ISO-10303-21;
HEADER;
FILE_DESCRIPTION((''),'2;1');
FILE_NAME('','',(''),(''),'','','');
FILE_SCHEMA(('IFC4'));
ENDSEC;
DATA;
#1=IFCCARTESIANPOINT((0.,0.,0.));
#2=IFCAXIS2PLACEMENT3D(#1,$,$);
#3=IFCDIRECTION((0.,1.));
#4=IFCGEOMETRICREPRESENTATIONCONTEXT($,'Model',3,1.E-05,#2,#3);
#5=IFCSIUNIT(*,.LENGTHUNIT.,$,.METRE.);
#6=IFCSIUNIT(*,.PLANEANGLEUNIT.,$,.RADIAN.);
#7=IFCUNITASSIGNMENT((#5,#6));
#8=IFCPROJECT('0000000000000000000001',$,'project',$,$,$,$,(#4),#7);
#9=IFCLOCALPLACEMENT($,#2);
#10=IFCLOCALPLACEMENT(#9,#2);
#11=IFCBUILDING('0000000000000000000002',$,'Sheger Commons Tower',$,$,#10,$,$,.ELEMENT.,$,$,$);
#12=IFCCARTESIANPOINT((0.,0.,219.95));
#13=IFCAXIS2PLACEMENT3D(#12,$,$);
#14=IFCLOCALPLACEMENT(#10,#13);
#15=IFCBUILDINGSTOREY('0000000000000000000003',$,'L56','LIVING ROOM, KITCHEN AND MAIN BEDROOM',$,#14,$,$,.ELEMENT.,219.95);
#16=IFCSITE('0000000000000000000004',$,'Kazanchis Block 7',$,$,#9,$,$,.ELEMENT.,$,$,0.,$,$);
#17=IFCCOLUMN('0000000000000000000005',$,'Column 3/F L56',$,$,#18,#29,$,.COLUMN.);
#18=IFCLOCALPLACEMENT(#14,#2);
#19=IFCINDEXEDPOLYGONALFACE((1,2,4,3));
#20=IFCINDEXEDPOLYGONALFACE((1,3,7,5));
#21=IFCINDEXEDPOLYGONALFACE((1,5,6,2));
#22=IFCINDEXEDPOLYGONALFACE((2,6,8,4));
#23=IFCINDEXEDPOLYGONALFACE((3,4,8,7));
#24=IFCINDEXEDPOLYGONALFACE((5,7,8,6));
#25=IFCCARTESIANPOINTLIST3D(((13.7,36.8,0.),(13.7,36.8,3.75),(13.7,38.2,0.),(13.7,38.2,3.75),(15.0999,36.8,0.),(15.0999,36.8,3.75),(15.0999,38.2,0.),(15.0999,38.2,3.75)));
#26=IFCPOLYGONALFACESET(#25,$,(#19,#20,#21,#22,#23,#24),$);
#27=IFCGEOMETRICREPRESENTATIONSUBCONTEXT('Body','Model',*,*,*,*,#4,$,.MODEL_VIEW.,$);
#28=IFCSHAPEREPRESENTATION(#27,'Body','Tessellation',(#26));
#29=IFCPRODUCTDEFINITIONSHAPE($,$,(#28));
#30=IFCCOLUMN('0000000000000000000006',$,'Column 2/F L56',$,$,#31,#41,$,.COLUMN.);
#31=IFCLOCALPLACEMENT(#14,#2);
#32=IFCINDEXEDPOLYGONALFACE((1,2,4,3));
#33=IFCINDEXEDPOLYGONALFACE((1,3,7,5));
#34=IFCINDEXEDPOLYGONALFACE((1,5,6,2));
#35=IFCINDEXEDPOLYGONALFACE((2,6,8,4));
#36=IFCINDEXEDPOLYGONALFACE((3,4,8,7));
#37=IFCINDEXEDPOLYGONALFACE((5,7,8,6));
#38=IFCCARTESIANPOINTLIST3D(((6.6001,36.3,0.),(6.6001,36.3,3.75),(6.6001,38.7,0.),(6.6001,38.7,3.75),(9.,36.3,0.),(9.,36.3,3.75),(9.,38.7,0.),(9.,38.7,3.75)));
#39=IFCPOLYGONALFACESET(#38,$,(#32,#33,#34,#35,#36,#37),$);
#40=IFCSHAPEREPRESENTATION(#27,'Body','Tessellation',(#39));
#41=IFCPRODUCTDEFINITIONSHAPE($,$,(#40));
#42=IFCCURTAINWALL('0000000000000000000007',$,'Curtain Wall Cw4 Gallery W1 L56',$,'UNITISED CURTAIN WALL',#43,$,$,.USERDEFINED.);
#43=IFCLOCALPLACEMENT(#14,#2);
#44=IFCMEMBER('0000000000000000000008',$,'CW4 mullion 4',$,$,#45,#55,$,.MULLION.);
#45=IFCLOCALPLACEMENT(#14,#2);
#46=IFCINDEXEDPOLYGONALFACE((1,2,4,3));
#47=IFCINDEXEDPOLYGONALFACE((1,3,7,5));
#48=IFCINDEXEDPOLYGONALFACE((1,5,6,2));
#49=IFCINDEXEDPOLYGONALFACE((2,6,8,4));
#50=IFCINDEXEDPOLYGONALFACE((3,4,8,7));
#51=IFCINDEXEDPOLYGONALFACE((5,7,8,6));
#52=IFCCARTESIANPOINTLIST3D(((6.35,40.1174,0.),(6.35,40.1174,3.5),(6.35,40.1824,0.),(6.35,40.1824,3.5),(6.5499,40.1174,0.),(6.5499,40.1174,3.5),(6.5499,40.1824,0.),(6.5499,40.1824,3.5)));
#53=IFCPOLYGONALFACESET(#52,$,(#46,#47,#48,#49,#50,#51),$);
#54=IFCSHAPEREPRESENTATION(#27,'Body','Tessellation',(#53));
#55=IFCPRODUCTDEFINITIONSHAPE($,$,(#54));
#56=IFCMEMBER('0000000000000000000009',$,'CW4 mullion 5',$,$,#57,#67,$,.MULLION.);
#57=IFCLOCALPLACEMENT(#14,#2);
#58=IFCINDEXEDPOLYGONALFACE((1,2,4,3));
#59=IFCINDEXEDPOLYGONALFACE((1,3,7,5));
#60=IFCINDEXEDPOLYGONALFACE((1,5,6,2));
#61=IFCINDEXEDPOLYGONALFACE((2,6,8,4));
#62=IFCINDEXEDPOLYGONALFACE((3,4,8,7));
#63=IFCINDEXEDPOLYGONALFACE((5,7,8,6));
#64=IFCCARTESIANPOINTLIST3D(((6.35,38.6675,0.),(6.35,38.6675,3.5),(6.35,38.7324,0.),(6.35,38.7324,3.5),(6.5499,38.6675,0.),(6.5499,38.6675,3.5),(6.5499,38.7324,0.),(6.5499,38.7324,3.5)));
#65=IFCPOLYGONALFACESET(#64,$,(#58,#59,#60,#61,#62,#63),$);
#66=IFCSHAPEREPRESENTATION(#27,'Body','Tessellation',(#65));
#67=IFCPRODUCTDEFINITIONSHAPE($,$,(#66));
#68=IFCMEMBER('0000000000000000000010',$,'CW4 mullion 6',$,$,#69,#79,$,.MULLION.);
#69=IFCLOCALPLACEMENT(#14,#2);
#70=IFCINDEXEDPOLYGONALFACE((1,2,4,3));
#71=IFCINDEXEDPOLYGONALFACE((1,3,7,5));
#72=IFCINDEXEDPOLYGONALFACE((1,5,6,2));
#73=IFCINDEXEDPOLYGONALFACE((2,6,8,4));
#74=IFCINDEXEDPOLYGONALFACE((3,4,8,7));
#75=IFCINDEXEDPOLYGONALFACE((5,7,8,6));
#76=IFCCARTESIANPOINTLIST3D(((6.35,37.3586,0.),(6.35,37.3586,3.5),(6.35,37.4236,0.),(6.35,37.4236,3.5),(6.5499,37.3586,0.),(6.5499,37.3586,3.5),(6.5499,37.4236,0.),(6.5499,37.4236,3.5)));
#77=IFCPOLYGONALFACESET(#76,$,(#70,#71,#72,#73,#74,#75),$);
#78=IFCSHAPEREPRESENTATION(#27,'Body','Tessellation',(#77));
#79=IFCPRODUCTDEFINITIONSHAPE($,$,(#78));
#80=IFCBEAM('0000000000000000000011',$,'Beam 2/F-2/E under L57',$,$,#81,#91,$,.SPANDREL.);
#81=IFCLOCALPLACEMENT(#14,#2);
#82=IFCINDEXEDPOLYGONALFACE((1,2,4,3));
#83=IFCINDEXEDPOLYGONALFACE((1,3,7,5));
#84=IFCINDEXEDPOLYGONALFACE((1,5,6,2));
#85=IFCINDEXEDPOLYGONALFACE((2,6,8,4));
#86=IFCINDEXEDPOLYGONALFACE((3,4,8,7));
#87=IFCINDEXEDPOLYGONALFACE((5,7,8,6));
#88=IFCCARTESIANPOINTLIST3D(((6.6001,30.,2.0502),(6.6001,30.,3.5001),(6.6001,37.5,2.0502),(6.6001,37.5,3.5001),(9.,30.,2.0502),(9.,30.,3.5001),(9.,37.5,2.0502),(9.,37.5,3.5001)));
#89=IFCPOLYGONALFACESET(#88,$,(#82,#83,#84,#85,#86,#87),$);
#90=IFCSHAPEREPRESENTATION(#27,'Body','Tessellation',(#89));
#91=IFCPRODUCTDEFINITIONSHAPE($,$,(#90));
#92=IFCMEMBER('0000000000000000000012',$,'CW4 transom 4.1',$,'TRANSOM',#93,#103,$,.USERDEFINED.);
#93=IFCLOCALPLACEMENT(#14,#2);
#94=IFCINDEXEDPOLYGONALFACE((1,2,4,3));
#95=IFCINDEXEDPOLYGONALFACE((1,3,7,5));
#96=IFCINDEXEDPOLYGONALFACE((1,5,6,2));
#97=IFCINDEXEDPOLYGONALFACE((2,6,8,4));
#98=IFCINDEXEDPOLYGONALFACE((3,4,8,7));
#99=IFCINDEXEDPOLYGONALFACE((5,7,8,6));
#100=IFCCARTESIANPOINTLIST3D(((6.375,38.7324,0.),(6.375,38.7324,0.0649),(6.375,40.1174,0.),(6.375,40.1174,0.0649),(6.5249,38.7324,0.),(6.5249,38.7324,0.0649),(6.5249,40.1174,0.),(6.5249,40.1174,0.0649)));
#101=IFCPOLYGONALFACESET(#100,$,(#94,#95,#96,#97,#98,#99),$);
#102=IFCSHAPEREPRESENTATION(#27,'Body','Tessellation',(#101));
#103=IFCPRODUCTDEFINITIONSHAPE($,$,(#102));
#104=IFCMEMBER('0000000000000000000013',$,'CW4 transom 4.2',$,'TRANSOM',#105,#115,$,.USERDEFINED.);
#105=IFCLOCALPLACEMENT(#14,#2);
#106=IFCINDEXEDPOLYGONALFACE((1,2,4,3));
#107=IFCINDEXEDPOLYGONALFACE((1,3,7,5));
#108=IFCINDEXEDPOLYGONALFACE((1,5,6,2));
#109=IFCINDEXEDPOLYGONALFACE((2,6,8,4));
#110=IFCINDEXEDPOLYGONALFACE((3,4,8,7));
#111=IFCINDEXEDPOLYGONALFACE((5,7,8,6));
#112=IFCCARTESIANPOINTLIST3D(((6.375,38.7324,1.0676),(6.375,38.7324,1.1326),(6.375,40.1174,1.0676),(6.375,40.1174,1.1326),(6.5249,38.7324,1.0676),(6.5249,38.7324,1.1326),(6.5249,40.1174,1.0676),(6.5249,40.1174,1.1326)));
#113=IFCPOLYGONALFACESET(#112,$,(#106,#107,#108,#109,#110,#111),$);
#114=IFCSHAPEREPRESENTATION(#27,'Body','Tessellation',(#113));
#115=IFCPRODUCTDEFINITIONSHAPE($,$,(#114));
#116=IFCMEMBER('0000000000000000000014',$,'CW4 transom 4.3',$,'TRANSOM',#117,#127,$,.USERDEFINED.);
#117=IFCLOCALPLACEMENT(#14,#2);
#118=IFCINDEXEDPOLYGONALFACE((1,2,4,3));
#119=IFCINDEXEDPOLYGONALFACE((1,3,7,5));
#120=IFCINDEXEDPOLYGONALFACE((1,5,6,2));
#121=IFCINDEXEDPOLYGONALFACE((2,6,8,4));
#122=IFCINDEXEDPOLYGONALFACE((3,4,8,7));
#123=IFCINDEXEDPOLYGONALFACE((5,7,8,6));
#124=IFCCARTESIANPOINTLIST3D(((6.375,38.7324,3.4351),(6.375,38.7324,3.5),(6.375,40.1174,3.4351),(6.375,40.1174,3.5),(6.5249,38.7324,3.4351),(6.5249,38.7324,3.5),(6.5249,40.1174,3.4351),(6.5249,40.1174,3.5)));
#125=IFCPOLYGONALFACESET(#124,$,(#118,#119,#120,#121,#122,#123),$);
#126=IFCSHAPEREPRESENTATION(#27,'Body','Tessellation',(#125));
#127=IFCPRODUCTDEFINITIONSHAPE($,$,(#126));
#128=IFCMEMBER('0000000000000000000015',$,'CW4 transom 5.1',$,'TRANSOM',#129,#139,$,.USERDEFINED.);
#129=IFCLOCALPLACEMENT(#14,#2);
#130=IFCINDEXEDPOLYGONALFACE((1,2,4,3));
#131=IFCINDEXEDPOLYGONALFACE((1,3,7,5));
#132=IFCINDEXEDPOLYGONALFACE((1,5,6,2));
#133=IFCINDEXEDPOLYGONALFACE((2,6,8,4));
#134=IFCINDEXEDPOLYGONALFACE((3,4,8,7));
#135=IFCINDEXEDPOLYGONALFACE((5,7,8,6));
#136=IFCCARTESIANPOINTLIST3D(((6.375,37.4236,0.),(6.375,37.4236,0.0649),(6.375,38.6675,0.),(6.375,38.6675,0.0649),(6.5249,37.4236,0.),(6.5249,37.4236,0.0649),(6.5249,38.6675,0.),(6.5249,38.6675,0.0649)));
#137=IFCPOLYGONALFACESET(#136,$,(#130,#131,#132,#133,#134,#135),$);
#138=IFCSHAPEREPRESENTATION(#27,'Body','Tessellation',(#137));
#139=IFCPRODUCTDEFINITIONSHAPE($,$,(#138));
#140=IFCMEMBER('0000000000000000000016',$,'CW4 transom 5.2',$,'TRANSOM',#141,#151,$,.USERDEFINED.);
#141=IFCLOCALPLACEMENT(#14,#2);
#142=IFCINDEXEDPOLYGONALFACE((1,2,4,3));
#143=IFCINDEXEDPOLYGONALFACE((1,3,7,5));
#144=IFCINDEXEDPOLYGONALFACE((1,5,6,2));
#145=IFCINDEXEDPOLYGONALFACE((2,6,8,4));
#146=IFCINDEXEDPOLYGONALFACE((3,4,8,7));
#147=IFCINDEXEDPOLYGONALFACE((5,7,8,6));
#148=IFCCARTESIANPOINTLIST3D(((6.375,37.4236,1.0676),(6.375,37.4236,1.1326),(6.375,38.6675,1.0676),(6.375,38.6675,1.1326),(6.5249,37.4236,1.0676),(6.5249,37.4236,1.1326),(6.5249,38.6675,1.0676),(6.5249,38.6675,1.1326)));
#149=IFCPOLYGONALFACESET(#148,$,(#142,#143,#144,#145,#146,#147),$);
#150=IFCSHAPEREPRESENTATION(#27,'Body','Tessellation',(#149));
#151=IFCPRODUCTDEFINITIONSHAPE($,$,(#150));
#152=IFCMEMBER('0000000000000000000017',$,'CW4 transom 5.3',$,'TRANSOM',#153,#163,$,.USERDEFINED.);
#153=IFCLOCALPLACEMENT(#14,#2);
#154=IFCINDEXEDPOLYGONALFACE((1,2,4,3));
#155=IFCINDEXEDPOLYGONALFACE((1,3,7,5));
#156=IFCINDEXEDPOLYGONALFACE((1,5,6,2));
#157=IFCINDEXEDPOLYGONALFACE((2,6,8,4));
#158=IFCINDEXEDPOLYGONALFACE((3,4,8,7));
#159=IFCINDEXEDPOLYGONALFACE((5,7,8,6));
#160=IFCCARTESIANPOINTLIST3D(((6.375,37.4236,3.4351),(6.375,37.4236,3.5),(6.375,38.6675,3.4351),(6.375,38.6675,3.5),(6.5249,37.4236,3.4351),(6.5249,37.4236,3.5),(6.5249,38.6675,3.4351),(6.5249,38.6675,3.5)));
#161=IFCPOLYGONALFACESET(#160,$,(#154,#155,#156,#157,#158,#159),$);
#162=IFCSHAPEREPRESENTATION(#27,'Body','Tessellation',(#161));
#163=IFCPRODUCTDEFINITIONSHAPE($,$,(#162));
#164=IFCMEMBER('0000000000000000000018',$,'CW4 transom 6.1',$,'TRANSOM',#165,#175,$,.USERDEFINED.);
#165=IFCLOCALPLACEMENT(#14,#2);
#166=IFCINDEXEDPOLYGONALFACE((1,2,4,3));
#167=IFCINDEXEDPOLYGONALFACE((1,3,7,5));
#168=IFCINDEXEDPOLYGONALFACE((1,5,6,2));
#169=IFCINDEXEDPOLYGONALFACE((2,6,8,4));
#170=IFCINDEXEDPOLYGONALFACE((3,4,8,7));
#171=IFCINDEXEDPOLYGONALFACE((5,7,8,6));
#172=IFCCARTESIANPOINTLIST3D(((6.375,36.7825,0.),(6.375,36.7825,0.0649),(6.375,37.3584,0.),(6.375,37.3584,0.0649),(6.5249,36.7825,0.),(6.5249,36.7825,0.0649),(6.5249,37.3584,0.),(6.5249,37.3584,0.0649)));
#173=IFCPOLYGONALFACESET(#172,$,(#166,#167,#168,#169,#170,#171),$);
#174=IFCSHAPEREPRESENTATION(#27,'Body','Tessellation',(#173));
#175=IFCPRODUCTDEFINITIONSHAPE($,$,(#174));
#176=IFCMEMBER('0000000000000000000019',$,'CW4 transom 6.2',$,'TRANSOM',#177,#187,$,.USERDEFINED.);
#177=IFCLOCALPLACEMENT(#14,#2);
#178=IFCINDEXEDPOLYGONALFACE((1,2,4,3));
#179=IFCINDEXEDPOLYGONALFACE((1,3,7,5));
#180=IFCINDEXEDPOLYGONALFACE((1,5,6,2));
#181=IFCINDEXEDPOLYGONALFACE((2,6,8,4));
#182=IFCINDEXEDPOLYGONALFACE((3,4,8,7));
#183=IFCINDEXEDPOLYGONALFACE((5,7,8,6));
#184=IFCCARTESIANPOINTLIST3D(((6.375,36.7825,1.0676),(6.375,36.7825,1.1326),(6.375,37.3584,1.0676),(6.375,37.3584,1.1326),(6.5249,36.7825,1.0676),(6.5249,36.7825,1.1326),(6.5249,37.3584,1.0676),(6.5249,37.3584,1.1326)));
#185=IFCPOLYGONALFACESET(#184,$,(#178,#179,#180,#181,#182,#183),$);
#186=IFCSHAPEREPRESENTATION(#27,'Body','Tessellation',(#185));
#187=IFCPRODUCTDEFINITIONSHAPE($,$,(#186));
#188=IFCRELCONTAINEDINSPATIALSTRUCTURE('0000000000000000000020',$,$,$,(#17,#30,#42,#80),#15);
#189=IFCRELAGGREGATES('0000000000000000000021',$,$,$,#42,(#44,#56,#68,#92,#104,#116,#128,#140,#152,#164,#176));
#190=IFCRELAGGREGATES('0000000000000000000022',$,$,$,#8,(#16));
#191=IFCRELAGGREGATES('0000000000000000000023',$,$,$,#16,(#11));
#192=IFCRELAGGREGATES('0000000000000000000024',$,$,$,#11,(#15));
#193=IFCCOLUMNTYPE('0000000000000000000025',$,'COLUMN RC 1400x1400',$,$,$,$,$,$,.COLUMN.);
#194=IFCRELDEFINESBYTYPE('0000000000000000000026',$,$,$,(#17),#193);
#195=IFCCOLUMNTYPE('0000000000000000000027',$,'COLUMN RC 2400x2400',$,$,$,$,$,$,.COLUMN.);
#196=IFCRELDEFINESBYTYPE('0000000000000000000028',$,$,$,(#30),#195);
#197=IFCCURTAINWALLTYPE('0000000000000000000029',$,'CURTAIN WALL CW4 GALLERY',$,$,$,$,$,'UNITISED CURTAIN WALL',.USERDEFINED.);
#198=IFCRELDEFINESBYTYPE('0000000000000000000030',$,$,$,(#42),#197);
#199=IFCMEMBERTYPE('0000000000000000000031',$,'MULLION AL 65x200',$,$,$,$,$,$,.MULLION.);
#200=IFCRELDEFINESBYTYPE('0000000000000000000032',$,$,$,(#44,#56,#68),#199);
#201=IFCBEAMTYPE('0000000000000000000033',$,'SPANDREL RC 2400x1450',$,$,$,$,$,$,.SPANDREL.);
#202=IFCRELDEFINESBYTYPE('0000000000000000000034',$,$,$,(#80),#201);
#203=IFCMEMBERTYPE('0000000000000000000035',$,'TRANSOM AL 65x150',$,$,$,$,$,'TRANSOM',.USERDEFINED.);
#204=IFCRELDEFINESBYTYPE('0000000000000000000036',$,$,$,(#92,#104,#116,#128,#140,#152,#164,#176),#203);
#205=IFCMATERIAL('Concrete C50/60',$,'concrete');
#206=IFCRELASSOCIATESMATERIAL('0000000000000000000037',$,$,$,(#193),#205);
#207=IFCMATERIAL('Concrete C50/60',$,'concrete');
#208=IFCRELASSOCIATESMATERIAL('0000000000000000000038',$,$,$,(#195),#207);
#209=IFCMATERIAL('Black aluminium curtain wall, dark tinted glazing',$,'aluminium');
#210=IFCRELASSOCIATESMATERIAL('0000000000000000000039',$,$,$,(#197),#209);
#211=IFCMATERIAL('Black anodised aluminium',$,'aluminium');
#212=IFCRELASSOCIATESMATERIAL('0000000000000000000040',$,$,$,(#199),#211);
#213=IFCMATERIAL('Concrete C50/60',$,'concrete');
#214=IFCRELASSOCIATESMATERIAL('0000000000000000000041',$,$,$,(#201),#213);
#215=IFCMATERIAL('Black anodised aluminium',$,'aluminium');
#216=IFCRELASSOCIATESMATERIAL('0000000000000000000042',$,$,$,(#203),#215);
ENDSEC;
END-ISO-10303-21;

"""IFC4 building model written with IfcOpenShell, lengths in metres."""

from ifc_helpers import new_model, si_unit, direction, frame, origin, origin_2d, place, context, subcontext, project, spatial, rectangle, extrude, material, material_profile, profile_set, type_object, element, aggregate, save


model = new_model("IFC4")

# Units and contexts
model_context = context("Model", 3, precision=1e-05, world=origin(), true_north=direction((0.0, 1.0)))
body_context = subcontext(model_context, "Body", "Model", "MODEL_VIEW")
ifc_project = project(units=[si_unit("LENGTHUNIT", "METRE"), si_unit("PLANEANGLEUNIT", "RADIAN")], contexts=[model_context])

# Site, building, storey
site_placement = place(None, origin())
site = spatial("IfcSite", under=ifc_project, at=site_placement, Name="Kazanchis Block 7", CompositionType="ELEMENT", RefElevation=0.0)
building_placement = place(site_placement, origin())
building = spatial("IfcBuilding", under=site, at=building_placement, Name="Sheger Commons Tower", CompositionType="ELEMENT")
storey_placement = place(building_placement, frame((0.0, 0.0, 219.95)))
storey = spatial("IfcBuildingStorey", under=building, at=storey_placement, Name="L56", Description="LIVING ROOM, KITCHEN AND MAIN BEDROOM", CompositionType="ELEMENT", Elevation=219.95)

# Columns
ifc_material_1 = material(Name="Concrete C50/60", Category="concrete")
ifc_material_profile_1 = material_profile(ifc_material_1, rectangle(XDim=1.3999, YDim=1.3999, at=origin_2d()), Name="RC 1400x1400")
ifc_profile_set_1 = profile_set([ifc_material_profile_1], Name="Concrete C50/60")
column_type_1 = type_object("IfcColumnType", Name="COLUMN RC 1400x1400", PredefinedType="COLUMN", material=ifc_profile_set_1)
column_1_placement = place(storey_placement, frame((14.3999, 37.5, 0.0), z_axis=(0.0, 0.0, 1.0), x_axis=(1.0, 0.0, 0.0)))
element("IfcColumn", 1, at=column_1_placement, inside=storey, type_object=column_type_1, Name="Column 3/F L56", PredefinedType="COLUMN", context=body_context, shape_type="SweptSolid", body=[
    extrude(rectangle(XDim=1.3999, YDim=1.3999, at=origin_2d()), origin(), (0.0, 0.0, 1.0), 3.75),
])
ifc_material_2 = material(Name="Concrete C50/60", Category="concrete")
ifc_material_profile_2 = material_profile(ifc_material_2, rectangle(XDim=2.3999, YDim=2.3999, at=origin_2d()), Name="RC 2400x2400")
ifc_profile_set_2 = profile_set([ifc_material_profile_2], Name="Concrete C50/60")
column_type_2 = type_object("IfcColumnType", Name="COLUMN RC 2400x2400", PredefinedType="COLUMN", material=ifc_profile_set_2)
column_2_placement = place(storey_placement, frame((7.8, 37.5, 0.0), z_axis=(0.0, 0.0, 1.0), x_axis=(1.0, 0.0, 0.0)))
element("IfcColumn", 2, at=column_2_placement, inside=storey, type_object=column_type_2, Name="Column 2/F L56", PredefinedType="COLUMN", context=body_context, shape_type="SweptSolid", body=[
    extrude(rectangle(XDim=2.3999, YDim=2.3999, at=origin_2d()), origin(), (0.0, 0.0, 1.0), 3.75),
])

# Curtain wall, members
ifc_material_3 = material(Name="Black aluminium curtain wall, dark tinted glazing", Category="aluminium")
curtain_wall_type = type_object("IfcCurtainWallType", Name="CURTAIN WALL CW4 GALLERY", ElementType="UNITISED CURTAIN WALL", PredefinedType="USERDEFINED", material=ifc_material_3)
curtain_wall_placement = place(storey_placement, origin())
curtain_wall = element("IfcCurtainWall", 3, at=curtain_wall_placement, inside=storey, type_object=curtain_wall_type, Name="Curtain Wall Cw4 Gallery W1 L56", ObjectType="UNITISED CURTAIN WALL", PredefinedType="USERDEFINED")
ifc_material_4 = material(Name="Black anodised aluminium", Category="aluminium")
ifc_material_profile_3 = material_profile(ifc_material_4, rectangle(XDim=0.2, YDim=0.0649, at=origin_2d()), Name="AL 65x200")
ifc_profile_set_3 = profile_set([ifc_material_profile_3], Name="Black anodised aluminium")
member_type_1 = type_object("IfcMemberType", Name="MULLION AL 65x200", PredefinedType="MULLION", material=ifc_profile_set_3)
member_1_placement = place(storey_placement, frame((6.45, 40.1499, 0.0), z_axis=(0.0, 0.0, 1.0), x_axis=(1.0, 0.0, 0.0)))
member_1 = element("IfcMember", 4, at=member_1_placement, type_object=member_type_1, Name="CW4 mullion 4", PredefinedType="MULLION", context=body_context, shape_type="SweptSolid", body=[
    extrude(rectangle(XDim=0.2, YDim=0.0649, at=origin_2d()), origin(), (0.0, 0.0, 1.0), 3.5),
])
member_2_placement = place(storey_placement, frame((6.45, 38.7, 0.0), z_axis=(0.0, 0.0, 1.0), x_axis=(1.0, 0.0, 0.0)))
member_2 = element("IfcMember", 5, at=member_2_placement, type_object=member_type_1, Name="CW4 mullion 5", PredefinedType="MULLION", context=body_context, shape_type="SweptSolid", body=[
    extrude(rectangle(XDim=0.2, YDim=0.0649, at=origin_2d()), origin(), (0.0, 0.0, 1.0), 3.5),
])
member_3_placement = place(storey_placement, frame((6.45, 37.3911, 0.0), z_axis=(0.0, 0.0, 1.0), x_axis=(1.0, 0.0, 0.0)))
member_3 = element("IfcMember", 6, at=member_3_placement, type_object=member_type_1, Name="CW4 mullion 6", PredefinedType="MULLION", context=body_context, shape_type="SweptSolid", body=[
    extrude(rectangle(XDim=0.2, YDim=0.0649, at=origin_2d()), origin(), (0.0, 0.0, 1.0), 3.5),
])

# Beam
ifc_material_5 = material(Name="Concrete C50/60", Category="concrete")
ifc_material_profile_4 = material_profile(ifc_material_5, rectangle(XDim=2.3999, YDim=1.45, at=origin_2d()), Name="RC 2400x1450")
ifc_profile_set_4 = profile_set([ifc_material_profile_4], Name="Concrete C50/60")
beam_type = type_object("IfcBeamType", Name="SPANDREL RC 2400x1450", PredefinedType="SPANDREL", material=ifc_profile_set_4)
beam_placement = place(storey_placement, frame((7.8, 37.5, 2.7751), z_axis=(0.0, -1.0, 0.0), x_axis=(1.0, 0.0, 0.0)))
element("IfcBeam", 7, at=beam_placement, inside=storey, type_object=beam_type, Name="Beam 2/F-2/E under L57", PredefinedType="SPANDREL", context=body_context, shape_type="SweptSolid", body=[
    extrude(rectangle(XDim=2.3999, YDim=1.45, at=origin_2d()), origin(), (0.0, 0.0, 1.0), 7.5),
])

# Members
ifc_material_6 = material(Name="Black anodised aluminium", Category="aluminium")
ifc_material_profile_5 = material_profile(ifc_material_6, rectangle(XDim=0.1499, YDim=0.0649, at=origin_2d()), Name="AL 65x150")
ifc_profile_set_5 = profile_set([ifc_material_profile_5], Name="Black anodised aluminium")
member_type_2 = type_object("IfcMemberType", Name="TRANSOM AL 65x150", ElementType="TRANSOM", PredefinedType="USERDEFINED", material=ifc_profile_set_5)
member_4_placement = place(storey_placement, frame((6.45, 40.1174, 0.0325), z_axis=(0.0, -1.0, 0.0), x_axis=(1.0, 0.0, 0.0)))
member_4 = element("IfcMember", 8, at=member_4_placement, type_object=member_type_2, Name="CW4 transom 4.1", ObjectType="TRANSOM", PredefinedType="USERDEFINED", context=body_context, shape_type="SweptSolid", body=[
    extrude(rectangle(XDim=0.1499, YDim=0.0649, at=origin_2d()), origin(), (0.0, 0.0, 1.0), 1.385),
])
member_5_placement = place(storey_placement, frame((6.45, 40.1174, 1.1001), z_axis=(0.0, -1.0, 0.0), x_axis=(1.0, 0.0, 0.0)))
member_5 = element("IfcMember", 9, at=member_5_placement, type_object=member_type_2, Name="CW4 transom 4.2", ObjectType="TRANSOM", PredefinedType="USERDEFINED", context=body_context, shape_type="SweptSolid", body=[
    extrude(rectangle(XDim=0.1499, YDim=0.0649, at=origin_2d()), origin(), (0.0, 0.0, 1.0), 1.385),
])
member_6_placement = place(storey_placement, frame((6.45, 40.1174, 3.4675), z_axis=(0.0, -1.0, 0.0), x_axis=(1.0, 0.0, 0.0)))
member_6 = element("IfcMember", 10, at=member_6_placement, type_object=member_type_2, Name="CW4 transom 4.3", ObjectType="TRANSOM", PredefinedType="USERDEFINED", context=body_context, shape_type="SweptSolid", body=[
    extrude(rectangle(XDim=0.1499, YDim=0.0649, at=origin_2d()), origin(), (0.0, 0.0, 1.0), 1.385),
])
member_7_placement = place(storey_placement, frame((6.45, 38.6675, 0.0325), z_axis=(0.0, -1.0, 0.0), x_axis=(1.0, 0.0, 0.0)))
member_7 = element("IfcMember", 11, at=member_7_placement, type_object=member_type_2, Name="CW4 transom 5.1", ObjectType="TRANSOM", PredefinedType="USERDEFINED", context=body_context, shape_type="SweptSolid", body=[
    extrude(rectangle(XDim=0.1499, YDim=0.0649, at=origin_2d()), origin(), (0.0, 0.0, 1.0), 1.2439),
])
member_8_placement = place(storey_placement, frame((6.45, 38.6675, 1.1001), z_axis=(0.0, -1.0, 0.0), x_axis=(1.0, 0.0, 0.0)))
member_8 = element("IfcMember", 12, at=member_8_placement, type_object=member_type_2, Name="CW4 transom 5.2", ObjectType="TRANSOM", PredefinedType="USERDEFINED", context=body_context, shape_type="SweptSolid", body=[
    extrude(rectangle(XDim=0.1499, YDim=0.0649, at=origin_2d()), origin(), (0.0, 0.0, 1.0), 1.2439),
])
member_9_placement = place(storey_placement, frame((6.45, 38.6675, 3.4675), z_axis=(0.0, -1.0, 0.0), x_axis=(1.0, 0.0, 0.0)))
member_9 = element("IfcMember", 13, at=member_9_placement, type_object=member_type_2, Name="CW4 transom 5.3", ObjectType="TRANSOM", PredefinedType="USERDEFINED", context=body_context, shape_type="SweptSolid", body=[
    extrude(rectangle(XDim=0.1499, YDim=0.0649, at=origin_2d()), origin(), (0.0, 0.0, 1.0), 1.2439),
])
member_10_placement = place(storey_placement, frame((6.45, 37.3584, 0.0325), z_axis=(0.0, -1.0, 0.0), x_axis=(1.0, 0.0, 0.0)))
member_10 = element("IfcMember", 14, at=member_10_placement, type_object=member_type_2, Name="CW4 transom 6.1", ObjectType="TRANSOM", PredefinedType="USERDEFINED", context=body_context, shape_type="SweptSolid", body=[
    extrude(rectangle(XDim=0.1499, YDim=0.0649, at=origin_2d()), origin(), (0.0, 0.0, 1.0), 0.5759),
])
member_11_placement = place(storey_placement, frame((6.45, 37.3584, 1.1001), z_axis=(0.0, -1.0, 0.0), x_axis=(1.0, 0.0, 0.0)))
member_11 = element("IfcMember", 15, at=member_11_placement, type_object=member_type_2, Name="CW4 transom 6.2", ObjectType="TRANSOM", PredefinedType="USERDEFINED", context=body_context, shape_type="SweptSolid", body=[
    extrude(rectangle(XDim=0.1499, YDim=0.0649, at=origin_2d()), origin(), (0.0, 0.0, 1.0), 0.5759),
])

aggregate(curtain_wall, [member_1, member_2, member_3, member_4, member_5, member_6, member_7, member_8, member_9, member_10, member_11])

save(model, "model.ifc")
